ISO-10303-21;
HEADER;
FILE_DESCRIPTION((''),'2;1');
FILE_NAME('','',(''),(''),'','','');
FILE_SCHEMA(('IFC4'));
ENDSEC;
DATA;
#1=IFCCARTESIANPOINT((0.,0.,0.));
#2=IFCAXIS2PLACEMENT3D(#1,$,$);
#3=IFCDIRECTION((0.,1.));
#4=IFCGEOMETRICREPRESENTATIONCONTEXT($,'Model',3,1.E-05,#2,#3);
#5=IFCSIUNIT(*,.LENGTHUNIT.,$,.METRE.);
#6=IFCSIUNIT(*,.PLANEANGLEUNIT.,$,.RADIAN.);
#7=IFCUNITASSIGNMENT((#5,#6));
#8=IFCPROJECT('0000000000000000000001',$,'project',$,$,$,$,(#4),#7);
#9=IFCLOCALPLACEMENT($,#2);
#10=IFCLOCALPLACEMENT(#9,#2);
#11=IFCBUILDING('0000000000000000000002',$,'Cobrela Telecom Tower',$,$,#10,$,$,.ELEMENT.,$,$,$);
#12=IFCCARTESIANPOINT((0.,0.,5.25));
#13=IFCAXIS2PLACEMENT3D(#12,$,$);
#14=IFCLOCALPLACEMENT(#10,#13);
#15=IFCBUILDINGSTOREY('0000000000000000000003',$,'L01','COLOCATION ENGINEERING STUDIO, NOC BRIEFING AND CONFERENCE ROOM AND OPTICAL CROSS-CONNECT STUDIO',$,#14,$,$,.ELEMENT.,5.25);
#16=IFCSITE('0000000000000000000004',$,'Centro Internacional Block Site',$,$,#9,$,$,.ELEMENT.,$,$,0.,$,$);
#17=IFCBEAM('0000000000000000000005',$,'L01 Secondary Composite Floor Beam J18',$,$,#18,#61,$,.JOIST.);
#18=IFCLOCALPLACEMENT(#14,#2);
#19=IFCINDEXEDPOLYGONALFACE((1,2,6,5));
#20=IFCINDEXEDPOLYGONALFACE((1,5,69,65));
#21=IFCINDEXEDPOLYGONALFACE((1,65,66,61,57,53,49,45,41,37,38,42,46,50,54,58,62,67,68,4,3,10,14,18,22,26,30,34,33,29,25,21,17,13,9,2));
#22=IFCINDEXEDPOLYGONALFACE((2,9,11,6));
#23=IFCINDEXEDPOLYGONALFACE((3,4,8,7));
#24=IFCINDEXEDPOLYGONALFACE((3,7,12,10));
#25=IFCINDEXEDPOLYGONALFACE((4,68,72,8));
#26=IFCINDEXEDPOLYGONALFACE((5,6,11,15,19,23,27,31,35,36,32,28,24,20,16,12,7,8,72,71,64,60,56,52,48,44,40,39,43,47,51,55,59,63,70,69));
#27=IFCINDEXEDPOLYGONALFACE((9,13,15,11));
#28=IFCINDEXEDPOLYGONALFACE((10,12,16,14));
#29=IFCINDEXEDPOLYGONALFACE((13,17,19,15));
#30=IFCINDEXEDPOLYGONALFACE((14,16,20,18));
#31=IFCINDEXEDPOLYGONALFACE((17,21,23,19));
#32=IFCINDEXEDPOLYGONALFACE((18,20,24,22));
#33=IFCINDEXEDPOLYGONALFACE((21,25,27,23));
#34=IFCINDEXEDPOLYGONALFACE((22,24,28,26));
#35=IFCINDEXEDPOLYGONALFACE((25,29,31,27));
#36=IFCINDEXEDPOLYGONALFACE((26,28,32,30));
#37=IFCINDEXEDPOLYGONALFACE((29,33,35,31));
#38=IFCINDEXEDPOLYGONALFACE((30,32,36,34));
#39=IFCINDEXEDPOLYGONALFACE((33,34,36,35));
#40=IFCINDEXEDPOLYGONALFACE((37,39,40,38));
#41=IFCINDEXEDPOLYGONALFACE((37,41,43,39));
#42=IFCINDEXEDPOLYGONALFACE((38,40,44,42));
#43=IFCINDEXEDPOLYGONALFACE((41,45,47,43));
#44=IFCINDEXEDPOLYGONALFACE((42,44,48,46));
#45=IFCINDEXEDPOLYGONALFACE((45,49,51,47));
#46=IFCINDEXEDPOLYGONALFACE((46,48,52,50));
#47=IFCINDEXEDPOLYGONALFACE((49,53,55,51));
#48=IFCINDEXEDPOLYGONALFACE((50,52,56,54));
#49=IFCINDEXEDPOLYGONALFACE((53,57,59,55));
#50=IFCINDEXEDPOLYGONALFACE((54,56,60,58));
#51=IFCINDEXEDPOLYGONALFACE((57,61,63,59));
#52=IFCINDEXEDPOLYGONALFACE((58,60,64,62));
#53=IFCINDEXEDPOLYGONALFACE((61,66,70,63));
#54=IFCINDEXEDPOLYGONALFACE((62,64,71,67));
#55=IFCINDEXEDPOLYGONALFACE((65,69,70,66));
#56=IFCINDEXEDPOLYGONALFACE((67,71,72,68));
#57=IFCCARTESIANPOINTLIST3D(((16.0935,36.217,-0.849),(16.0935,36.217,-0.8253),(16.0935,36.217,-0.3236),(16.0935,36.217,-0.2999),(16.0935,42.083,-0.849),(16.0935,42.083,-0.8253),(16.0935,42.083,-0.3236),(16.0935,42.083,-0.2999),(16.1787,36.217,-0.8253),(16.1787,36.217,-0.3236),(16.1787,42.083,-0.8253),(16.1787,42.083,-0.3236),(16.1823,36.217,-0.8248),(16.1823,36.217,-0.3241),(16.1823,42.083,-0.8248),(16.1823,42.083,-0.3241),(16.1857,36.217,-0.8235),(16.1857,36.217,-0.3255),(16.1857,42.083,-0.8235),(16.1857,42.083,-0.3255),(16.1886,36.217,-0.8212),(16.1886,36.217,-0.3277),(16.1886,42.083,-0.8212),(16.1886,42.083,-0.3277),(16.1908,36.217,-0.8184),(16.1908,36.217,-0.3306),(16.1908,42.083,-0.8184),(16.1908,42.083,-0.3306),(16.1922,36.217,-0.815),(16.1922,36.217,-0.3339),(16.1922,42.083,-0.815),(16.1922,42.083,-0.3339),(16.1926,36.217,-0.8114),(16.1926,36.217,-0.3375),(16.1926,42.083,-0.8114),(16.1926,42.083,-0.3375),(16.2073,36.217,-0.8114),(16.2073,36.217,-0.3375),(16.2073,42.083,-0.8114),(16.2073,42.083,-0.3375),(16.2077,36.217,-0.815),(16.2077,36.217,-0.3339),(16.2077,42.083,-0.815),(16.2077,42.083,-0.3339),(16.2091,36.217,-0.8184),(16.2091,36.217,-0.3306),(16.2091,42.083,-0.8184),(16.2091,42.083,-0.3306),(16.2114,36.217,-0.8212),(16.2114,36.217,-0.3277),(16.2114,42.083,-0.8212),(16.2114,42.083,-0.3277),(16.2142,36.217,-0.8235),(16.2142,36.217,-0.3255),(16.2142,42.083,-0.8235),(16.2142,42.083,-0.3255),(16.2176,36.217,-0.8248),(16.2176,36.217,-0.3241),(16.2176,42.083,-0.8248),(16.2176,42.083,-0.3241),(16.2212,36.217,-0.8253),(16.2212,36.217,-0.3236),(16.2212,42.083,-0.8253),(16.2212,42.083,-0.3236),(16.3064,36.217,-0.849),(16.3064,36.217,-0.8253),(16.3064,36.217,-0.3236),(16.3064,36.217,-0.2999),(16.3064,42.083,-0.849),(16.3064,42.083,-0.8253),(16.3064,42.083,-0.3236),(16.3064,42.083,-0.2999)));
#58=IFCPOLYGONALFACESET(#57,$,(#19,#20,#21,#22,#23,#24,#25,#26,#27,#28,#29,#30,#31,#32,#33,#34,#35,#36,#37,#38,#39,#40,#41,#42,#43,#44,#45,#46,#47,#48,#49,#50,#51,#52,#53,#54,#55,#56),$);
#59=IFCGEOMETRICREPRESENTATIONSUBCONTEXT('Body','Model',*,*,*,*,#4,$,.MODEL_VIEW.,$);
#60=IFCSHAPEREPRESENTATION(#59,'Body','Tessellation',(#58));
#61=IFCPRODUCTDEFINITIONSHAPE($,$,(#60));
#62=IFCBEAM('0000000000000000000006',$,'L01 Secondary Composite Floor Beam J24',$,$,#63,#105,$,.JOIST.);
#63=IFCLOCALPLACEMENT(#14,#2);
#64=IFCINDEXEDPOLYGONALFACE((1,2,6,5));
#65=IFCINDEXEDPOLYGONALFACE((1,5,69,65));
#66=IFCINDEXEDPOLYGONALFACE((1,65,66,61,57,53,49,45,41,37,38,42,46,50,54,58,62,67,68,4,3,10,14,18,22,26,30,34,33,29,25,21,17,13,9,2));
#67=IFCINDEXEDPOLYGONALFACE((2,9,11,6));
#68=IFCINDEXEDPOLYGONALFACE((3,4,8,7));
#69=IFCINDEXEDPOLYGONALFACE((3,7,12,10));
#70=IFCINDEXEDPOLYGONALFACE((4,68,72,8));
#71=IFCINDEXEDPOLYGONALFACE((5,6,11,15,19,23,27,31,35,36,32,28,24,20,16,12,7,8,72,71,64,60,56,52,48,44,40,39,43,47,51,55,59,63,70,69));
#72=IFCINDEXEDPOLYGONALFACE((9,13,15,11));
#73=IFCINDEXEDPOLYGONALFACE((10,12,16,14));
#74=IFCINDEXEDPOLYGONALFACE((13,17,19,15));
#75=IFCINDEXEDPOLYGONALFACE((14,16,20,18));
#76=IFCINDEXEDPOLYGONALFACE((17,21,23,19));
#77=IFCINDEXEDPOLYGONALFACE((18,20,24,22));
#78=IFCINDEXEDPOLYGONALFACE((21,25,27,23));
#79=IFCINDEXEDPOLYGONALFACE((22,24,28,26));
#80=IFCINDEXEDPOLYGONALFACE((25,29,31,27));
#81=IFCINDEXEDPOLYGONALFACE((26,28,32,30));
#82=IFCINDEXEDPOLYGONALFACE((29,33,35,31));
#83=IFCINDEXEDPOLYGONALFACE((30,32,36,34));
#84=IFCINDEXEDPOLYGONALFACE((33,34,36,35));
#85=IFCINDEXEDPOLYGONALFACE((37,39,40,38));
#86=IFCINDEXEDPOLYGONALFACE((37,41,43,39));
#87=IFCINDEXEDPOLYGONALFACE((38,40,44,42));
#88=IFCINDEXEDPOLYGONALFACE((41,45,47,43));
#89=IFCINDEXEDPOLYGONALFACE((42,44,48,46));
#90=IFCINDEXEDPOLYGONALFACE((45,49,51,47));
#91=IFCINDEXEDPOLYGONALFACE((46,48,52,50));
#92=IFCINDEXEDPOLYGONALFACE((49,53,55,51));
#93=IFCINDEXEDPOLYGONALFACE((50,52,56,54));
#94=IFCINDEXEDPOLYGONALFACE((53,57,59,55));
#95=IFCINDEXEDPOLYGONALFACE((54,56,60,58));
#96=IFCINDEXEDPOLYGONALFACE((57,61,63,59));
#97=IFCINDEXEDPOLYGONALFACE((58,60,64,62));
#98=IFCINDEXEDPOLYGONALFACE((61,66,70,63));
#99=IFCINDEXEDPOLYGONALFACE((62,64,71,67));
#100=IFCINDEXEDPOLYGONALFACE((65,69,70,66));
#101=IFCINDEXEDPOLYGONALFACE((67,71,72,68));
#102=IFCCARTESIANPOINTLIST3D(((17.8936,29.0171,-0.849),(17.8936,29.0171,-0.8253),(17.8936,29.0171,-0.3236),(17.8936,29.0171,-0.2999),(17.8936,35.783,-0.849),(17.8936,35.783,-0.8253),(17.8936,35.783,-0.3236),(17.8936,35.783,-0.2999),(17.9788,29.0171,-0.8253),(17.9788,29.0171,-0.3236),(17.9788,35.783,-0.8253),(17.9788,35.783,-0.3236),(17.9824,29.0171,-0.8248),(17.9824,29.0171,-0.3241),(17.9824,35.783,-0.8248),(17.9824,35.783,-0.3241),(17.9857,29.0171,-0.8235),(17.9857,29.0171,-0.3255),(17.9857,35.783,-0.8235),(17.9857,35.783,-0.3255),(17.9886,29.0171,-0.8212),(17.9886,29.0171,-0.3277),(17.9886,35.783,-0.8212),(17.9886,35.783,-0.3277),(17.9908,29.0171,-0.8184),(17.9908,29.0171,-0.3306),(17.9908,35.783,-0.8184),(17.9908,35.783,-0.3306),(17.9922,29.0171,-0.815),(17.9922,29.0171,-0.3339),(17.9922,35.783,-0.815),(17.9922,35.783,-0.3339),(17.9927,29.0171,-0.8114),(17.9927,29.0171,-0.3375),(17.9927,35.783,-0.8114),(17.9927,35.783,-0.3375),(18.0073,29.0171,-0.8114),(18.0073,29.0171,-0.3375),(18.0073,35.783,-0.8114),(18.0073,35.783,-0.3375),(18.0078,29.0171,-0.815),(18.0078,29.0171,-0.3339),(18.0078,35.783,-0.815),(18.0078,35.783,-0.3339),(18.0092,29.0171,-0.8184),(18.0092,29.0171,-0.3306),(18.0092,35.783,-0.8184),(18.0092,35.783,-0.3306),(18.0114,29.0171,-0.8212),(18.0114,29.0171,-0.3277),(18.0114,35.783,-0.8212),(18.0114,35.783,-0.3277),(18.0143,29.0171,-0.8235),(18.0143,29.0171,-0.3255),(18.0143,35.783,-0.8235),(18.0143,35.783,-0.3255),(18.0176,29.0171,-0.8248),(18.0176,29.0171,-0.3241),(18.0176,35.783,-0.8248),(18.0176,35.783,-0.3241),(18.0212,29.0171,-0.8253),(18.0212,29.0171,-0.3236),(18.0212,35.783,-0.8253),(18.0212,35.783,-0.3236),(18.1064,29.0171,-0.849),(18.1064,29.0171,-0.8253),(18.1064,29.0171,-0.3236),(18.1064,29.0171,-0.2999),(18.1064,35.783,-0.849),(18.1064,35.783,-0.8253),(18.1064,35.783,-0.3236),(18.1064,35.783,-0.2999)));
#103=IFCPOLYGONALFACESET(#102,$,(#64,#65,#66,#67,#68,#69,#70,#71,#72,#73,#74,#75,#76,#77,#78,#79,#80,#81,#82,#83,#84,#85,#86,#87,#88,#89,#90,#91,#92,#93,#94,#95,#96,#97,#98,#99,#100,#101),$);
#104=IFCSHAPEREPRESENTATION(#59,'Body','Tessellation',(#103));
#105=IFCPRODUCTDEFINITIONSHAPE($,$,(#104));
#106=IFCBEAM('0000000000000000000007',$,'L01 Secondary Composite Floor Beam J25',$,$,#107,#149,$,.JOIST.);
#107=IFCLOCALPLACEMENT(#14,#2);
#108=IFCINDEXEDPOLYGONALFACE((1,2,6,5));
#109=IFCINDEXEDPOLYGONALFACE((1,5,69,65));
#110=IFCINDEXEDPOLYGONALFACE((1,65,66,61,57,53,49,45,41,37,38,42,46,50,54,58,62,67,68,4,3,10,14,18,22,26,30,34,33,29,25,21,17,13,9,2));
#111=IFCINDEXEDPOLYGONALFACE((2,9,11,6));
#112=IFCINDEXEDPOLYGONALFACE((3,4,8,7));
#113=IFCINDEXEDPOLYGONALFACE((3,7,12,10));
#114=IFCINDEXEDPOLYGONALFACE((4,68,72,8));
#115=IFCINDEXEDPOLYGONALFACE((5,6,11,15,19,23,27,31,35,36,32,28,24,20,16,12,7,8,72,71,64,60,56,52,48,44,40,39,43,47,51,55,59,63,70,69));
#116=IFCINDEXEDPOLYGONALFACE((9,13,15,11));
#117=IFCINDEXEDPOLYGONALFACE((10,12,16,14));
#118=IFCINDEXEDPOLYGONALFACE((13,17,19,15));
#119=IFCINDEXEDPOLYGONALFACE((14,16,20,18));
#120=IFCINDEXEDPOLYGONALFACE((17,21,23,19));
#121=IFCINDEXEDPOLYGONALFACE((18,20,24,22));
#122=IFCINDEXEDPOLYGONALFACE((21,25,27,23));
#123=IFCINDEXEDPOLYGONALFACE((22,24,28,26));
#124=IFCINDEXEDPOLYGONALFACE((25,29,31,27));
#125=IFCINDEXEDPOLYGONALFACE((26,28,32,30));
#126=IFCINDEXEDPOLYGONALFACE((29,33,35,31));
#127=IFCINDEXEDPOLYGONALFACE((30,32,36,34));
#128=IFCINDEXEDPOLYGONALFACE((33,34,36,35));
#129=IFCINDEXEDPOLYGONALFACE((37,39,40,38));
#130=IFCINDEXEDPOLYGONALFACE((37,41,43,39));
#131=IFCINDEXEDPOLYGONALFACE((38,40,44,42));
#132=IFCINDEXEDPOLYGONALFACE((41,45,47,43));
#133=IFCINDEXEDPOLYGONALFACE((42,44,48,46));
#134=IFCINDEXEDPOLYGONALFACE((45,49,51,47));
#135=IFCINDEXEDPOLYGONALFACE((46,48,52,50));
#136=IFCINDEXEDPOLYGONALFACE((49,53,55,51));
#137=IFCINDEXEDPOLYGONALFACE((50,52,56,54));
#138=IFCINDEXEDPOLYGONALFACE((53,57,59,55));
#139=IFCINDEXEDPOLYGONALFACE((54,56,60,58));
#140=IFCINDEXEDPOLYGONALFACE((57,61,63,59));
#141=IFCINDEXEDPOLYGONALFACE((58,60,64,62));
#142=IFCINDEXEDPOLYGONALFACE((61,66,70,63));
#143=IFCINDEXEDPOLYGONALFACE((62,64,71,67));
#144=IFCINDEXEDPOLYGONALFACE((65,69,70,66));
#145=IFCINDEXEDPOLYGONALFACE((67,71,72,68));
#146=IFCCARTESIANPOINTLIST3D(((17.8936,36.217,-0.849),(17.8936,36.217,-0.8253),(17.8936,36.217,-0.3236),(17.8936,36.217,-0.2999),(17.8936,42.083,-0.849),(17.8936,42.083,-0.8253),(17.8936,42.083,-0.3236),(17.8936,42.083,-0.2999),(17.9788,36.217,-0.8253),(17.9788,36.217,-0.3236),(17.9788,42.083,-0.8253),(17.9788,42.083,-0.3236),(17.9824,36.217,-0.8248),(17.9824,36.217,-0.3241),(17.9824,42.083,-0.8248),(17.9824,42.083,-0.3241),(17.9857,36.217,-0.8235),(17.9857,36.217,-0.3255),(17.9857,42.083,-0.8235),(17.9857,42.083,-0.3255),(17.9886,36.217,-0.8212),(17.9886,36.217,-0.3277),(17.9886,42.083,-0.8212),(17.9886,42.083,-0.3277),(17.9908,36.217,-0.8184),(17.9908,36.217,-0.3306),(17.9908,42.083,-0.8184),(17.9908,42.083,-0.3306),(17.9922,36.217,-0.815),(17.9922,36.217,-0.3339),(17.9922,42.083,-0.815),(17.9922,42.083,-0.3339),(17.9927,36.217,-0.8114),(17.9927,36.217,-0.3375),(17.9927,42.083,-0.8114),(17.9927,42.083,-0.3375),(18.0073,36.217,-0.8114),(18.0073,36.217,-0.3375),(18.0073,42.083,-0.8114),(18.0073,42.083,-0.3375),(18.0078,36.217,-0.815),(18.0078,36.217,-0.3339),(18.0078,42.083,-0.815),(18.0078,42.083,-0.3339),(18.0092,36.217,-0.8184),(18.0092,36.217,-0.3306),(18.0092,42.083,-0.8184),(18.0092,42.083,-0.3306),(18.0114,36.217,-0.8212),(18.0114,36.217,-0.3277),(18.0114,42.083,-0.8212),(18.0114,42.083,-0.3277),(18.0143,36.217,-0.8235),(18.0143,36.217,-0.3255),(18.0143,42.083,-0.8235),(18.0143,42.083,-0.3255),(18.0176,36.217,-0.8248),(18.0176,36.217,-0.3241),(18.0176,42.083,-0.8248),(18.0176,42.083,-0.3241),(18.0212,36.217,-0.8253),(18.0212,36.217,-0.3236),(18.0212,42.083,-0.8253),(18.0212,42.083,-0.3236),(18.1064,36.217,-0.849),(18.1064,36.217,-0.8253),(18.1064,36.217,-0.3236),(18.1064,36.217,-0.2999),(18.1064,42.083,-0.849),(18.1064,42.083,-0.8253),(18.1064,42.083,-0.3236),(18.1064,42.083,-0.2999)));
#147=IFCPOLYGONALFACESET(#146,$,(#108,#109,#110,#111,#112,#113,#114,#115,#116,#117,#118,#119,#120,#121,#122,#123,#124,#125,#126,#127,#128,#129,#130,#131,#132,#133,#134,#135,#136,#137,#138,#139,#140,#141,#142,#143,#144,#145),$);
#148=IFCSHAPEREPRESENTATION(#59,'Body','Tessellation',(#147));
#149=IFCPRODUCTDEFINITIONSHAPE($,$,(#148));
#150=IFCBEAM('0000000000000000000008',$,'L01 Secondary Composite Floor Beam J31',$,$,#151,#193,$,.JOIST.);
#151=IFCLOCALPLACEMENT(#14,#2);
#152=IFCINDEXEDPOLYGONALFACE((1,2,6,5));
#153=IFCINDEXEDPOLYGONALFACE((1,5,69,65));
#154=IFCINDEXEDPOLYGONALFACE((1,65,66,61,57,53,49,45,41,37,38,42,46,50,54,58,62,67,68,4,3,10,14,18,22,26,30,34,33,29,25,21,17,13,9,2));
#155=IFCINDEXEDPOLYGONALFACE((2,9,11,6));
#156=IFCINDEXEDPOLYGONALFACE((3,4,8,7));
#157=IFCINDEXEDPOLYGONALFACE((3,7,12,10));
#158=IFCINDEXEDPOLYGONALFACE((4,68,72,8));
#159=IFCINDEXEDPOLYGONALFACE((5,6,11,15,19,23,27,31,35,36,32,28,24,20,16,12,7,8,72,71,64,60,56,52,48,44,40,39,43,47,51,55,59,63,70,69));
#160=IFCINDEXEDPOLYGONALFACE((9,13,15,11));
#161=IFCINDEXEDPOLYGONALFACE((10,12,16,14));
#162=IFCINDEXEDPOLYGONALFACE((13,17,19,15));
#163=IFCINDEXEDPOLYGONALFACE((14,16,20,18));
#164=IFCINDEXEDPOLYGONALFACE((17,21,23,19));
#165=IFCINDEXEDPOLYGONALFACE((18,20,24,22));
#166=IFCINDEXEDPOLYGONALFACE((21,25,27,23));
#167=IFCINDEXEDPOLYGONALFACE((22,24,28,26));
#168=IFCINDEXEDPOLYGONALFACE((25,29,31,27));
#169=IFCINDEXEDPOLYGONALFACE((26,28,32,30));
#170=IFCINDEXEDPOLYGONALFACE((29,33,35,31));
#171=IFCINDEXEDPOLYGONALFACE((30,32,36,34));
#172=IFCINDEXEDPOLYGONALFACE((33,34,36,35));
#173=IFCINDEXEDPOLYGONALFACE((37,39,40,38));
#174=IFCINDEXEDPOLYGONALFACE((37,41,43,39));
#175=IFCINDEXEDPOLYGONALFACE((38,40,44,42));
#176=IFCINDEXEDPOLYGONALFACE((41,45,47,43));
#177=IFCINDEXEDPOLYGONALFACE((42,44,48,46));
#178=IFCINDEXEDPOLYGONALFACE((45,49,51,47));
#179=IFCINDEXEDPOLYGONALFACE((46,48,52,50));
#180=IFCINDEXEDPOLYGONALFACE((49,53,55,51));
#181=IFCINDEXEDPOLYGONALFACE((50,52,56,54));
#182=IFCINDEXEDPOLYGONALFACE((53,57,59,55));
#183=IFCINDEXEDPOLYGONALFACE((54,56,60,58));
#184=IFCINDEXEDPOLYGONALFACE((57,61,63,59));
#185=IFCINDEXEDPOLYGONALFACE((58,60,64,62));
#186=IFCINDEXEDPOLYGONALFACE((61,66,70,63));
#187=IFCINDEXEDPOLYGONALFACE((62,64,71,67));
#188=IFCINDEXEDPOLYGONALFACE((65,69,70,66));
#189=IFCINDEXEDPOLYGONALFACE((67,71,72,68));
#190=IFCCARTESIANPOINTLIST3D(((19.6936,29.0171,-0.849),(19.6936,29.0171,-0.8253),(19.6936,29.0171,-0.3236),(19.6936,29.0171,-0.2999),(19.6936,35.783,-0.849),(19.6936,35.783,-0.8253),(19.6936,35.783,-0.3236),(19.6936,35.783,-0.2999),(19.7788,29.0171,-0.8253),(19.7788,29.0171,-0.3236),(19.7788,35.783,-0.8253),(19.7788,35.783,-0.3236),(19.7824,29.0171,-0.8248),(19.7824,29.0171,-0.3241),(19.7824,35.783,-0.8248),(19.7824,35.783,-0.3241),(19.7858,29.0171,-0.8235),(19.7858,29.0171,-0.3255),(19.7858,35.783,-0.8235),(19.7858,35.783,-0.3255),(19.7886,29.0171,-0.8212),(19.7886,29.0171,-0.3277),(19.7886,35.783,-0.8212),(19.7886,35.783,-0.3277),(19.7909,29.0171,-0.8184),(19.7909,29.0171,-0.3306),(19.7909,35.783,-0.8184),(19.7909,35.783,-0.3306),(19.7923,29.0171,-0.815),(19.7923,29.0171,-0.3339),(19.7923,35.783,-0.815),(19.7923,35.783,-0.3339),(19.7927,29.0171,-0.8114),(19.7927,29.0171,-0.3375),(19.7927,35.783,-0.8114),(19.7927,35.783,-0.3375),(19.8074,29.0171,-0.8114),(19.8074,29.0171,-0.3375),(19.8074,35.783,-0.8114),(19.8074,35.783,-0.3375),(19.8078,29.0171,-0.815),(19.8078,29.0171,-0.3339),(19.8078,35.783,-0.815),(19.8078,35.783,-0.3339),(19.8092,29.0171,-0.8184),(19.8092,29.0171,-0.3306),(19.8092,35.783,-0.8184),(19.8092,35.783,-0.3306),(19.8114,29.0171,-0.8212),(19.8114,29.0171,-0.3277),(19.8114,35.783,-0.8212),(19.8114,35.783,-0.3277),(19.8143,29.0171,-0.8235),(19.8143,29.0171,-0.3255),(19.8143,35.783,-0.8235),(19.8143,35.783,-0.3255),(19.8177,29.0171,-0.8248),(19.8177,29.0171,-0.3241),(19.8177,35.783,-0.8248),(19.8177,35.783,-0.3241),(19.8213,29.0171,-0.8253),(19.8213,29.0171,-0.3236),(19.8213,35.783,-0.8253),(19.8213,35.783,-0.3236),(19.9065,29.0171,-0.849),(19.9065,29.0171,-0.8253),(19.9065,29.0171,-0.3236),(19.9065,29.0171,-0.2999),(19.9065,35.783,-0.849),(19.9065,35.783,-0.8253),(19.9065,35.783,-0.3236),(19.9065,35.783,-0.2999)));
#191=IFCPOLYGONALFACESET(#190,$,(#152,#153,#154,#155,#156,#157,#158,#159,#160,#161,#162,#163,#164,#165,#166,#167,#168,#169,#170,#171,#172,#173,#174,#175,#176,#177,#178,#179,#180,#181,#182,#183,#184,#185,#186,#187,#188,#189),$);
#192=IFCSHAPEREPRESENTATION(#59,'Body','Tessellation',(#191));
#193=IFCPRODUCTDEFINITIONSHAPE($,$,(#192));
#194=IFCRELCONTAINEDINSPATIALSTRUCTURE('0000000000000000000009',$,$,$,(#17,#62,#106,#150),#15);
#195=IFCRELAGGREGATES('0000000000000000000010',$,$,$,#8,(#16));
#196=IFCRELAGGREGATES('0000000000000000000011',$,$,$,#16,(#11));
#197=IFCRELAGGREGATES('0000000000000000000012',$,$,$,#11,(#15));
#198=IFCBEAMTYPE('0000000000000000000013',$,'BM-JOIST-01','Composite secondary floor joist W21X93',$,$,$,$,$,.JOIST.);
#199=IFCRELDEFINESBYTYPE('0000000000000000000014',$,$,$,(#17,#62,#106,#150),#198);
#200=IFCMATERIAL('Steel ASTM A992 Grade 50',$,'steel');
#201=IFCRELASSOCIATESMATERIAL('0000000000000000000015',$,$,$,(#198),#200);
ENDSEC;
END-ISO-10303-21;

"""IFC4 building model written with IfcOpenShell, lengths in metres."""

from ifc_helpers import new_model, si_unit, direction, frame, origin, origin_2d, place, context, subcontext, project, spatial, i_section, extrude, material, material_profile, profile_set, type_object, element, save


model = new_model("IFC4")

# Units and contexts
model_context = context("Model", 3, precision=1e-05, world=origin(), true_north=direction((0.0, 1.0)))
body_context = subcontext(model_context, "Body", "Model", "MODEL_VIEW")
ifc_project = project(units=[si_unit("LENGTHUNIT", "METRE"), si_unit("PLANEANGLEUNIT", "RADIAN")], contexts=[model_context])

# Site, building, storey
site_placement = place(None, origin())
site = spatial("IfcSite", under=ifc_project, at=site_placement, Name="Centro Internacional Block Site", CompositionType="ELEMENT", RefElevation=0.0)
building_placement = place(site_placement, origin())
building = spatial("IfcBuilding", under=site, at=building_placement, Name="Cobrela Telecom Tower", CompositionType="ELEMENT")
storey_placement = place(building_placement, frame((0.0, 0.0, 5.25)))
storey = spatial("IfcBuildingStorey", under=building, at=storey_placement, Name="L01", Description="COLOCATION ENGINEERING STUDIO, NOC BRIEFING AND CONFERENCE ROOM AND OPTICAL CROSS-CONNECT STUDIO", CompositionType="ELEMENT", Elevation=5.25)

# Beams
ifc_material_1 = material(Name="Steel ASTM A992 Grade 50", Category="steel")
ifc_material_profile_1 = material_profile(ifc_material_1, i_section(OverallWidth=0.2129, OverallDepth=0.5491, WebThickness=0.0146, FlangeThickness=0.0237, FilletRadius=0.0139, at=origin_2d()), Name="W21X93")
ifc_profile_set_1 = profile_set([ifc_material_profile_1], Name="Steel ASTM A992 Grade 50")
beam_type_1 = type_object("IfcBeamType", Name="BM-JOIST-01", Description="Composite secondary floor joist W21X93", PredefinedType="JOIST", material=ifc_profile_set_1)
beam_1_placement = place(storey_placement, frame((16.2, 36.217, -0.5745), z_axis=(0.0, 1.0, 0.0), x_axis=(-1.0, 0.0, 0.0)))
element("IfcBeam", 1, at=beam_1_placement, inside=storey, type_object=beam_type_1, Name="L01 Secondary Composite Floor Beam J18", PredefinedType="JOIST", context=body_context, shape_type="SweptSolid", body=[
    extrude(i_section(OverallWidth=0.2129, OverallDepth=0.5491, WebThickness=0.0146, FlangeThickness=0.0237, FilletRadius=0.0139, at=origin_2d()), origin(), (0.0, 0.0, 1.0), 5.866),
])
beam_2_placement = place(storey_placement, frame((18.0, 29.0171, -0.5745), z_axis=(0.0, 1.0, 0.0), x_axis=(-1.0, 0.0, 0.0)))
element("IfcBeam", 2, at=beam_2_placement, inside=storey, type_object=beam_type_1, Name="L01 Secondary Composite Floor Beam J24", PredefinedType="JOIST", context=body_context, shape_type="SweptSolid", body=[
    extrude(i_section(OverallWidth=0.2129, OverallDepth=0.5491, WebThickness=0.0146, FlangeThickness=0.0237, FilletRadius=0.0139, at=origin_2d()), origin(), (0.0, 0.0, 1.0), 6.7659),
])
beam_3_placement = place(storey_placement, frame((18.0, 36.217, -0.5745), z_axis=(0.0, 1.0, 0.0), x_axis=(-1.0, 0.0, 0.0)))
element("IfcBeam", 3, at=beam_3_placement, inside=storey, type_object=beam_type_1, Name="L01 Secondary Composite Floor Beam J25", PredefinedType="JOIST", context=body_context, shape_type="SweptSolid", body=[
    extrude(i_section(OverallWidth=0.2129, OverallDepth=0.5491, WebThickness=0.0146, FlangeThickness=0.0237, FilletRadius=0.0139, at=origin_2d()), origin(), (0.0, 0.0, 1.0), 5.866),
])
beam_4_placement = place(storey_placement, frame((19.8, 29.0171, -0.5745), z_axis=(0.0, 1.0, 0.0), x_axis=(-1.0, 0.0, 0.0)))
element("IfcBeam", 4, at=beam_4_placement, inside=storey, type_object=beam_type_1, Name="L01 Secondary Composite Floor Beam J31", PredefinedType="JOIST", context=body_context, shape_type="SweptSolid", body=[
    extrude(i_section(OverallWidth=0.2129, OverallDepth=0.5491, WebThickness=0.0146, FlangeThickness=0.0237, FilletRadius=0.0139, at=origin_2d()), origin(), (0.0, 0.0, 1.0), 6.7659),
])

save(model, "model.ifc")
